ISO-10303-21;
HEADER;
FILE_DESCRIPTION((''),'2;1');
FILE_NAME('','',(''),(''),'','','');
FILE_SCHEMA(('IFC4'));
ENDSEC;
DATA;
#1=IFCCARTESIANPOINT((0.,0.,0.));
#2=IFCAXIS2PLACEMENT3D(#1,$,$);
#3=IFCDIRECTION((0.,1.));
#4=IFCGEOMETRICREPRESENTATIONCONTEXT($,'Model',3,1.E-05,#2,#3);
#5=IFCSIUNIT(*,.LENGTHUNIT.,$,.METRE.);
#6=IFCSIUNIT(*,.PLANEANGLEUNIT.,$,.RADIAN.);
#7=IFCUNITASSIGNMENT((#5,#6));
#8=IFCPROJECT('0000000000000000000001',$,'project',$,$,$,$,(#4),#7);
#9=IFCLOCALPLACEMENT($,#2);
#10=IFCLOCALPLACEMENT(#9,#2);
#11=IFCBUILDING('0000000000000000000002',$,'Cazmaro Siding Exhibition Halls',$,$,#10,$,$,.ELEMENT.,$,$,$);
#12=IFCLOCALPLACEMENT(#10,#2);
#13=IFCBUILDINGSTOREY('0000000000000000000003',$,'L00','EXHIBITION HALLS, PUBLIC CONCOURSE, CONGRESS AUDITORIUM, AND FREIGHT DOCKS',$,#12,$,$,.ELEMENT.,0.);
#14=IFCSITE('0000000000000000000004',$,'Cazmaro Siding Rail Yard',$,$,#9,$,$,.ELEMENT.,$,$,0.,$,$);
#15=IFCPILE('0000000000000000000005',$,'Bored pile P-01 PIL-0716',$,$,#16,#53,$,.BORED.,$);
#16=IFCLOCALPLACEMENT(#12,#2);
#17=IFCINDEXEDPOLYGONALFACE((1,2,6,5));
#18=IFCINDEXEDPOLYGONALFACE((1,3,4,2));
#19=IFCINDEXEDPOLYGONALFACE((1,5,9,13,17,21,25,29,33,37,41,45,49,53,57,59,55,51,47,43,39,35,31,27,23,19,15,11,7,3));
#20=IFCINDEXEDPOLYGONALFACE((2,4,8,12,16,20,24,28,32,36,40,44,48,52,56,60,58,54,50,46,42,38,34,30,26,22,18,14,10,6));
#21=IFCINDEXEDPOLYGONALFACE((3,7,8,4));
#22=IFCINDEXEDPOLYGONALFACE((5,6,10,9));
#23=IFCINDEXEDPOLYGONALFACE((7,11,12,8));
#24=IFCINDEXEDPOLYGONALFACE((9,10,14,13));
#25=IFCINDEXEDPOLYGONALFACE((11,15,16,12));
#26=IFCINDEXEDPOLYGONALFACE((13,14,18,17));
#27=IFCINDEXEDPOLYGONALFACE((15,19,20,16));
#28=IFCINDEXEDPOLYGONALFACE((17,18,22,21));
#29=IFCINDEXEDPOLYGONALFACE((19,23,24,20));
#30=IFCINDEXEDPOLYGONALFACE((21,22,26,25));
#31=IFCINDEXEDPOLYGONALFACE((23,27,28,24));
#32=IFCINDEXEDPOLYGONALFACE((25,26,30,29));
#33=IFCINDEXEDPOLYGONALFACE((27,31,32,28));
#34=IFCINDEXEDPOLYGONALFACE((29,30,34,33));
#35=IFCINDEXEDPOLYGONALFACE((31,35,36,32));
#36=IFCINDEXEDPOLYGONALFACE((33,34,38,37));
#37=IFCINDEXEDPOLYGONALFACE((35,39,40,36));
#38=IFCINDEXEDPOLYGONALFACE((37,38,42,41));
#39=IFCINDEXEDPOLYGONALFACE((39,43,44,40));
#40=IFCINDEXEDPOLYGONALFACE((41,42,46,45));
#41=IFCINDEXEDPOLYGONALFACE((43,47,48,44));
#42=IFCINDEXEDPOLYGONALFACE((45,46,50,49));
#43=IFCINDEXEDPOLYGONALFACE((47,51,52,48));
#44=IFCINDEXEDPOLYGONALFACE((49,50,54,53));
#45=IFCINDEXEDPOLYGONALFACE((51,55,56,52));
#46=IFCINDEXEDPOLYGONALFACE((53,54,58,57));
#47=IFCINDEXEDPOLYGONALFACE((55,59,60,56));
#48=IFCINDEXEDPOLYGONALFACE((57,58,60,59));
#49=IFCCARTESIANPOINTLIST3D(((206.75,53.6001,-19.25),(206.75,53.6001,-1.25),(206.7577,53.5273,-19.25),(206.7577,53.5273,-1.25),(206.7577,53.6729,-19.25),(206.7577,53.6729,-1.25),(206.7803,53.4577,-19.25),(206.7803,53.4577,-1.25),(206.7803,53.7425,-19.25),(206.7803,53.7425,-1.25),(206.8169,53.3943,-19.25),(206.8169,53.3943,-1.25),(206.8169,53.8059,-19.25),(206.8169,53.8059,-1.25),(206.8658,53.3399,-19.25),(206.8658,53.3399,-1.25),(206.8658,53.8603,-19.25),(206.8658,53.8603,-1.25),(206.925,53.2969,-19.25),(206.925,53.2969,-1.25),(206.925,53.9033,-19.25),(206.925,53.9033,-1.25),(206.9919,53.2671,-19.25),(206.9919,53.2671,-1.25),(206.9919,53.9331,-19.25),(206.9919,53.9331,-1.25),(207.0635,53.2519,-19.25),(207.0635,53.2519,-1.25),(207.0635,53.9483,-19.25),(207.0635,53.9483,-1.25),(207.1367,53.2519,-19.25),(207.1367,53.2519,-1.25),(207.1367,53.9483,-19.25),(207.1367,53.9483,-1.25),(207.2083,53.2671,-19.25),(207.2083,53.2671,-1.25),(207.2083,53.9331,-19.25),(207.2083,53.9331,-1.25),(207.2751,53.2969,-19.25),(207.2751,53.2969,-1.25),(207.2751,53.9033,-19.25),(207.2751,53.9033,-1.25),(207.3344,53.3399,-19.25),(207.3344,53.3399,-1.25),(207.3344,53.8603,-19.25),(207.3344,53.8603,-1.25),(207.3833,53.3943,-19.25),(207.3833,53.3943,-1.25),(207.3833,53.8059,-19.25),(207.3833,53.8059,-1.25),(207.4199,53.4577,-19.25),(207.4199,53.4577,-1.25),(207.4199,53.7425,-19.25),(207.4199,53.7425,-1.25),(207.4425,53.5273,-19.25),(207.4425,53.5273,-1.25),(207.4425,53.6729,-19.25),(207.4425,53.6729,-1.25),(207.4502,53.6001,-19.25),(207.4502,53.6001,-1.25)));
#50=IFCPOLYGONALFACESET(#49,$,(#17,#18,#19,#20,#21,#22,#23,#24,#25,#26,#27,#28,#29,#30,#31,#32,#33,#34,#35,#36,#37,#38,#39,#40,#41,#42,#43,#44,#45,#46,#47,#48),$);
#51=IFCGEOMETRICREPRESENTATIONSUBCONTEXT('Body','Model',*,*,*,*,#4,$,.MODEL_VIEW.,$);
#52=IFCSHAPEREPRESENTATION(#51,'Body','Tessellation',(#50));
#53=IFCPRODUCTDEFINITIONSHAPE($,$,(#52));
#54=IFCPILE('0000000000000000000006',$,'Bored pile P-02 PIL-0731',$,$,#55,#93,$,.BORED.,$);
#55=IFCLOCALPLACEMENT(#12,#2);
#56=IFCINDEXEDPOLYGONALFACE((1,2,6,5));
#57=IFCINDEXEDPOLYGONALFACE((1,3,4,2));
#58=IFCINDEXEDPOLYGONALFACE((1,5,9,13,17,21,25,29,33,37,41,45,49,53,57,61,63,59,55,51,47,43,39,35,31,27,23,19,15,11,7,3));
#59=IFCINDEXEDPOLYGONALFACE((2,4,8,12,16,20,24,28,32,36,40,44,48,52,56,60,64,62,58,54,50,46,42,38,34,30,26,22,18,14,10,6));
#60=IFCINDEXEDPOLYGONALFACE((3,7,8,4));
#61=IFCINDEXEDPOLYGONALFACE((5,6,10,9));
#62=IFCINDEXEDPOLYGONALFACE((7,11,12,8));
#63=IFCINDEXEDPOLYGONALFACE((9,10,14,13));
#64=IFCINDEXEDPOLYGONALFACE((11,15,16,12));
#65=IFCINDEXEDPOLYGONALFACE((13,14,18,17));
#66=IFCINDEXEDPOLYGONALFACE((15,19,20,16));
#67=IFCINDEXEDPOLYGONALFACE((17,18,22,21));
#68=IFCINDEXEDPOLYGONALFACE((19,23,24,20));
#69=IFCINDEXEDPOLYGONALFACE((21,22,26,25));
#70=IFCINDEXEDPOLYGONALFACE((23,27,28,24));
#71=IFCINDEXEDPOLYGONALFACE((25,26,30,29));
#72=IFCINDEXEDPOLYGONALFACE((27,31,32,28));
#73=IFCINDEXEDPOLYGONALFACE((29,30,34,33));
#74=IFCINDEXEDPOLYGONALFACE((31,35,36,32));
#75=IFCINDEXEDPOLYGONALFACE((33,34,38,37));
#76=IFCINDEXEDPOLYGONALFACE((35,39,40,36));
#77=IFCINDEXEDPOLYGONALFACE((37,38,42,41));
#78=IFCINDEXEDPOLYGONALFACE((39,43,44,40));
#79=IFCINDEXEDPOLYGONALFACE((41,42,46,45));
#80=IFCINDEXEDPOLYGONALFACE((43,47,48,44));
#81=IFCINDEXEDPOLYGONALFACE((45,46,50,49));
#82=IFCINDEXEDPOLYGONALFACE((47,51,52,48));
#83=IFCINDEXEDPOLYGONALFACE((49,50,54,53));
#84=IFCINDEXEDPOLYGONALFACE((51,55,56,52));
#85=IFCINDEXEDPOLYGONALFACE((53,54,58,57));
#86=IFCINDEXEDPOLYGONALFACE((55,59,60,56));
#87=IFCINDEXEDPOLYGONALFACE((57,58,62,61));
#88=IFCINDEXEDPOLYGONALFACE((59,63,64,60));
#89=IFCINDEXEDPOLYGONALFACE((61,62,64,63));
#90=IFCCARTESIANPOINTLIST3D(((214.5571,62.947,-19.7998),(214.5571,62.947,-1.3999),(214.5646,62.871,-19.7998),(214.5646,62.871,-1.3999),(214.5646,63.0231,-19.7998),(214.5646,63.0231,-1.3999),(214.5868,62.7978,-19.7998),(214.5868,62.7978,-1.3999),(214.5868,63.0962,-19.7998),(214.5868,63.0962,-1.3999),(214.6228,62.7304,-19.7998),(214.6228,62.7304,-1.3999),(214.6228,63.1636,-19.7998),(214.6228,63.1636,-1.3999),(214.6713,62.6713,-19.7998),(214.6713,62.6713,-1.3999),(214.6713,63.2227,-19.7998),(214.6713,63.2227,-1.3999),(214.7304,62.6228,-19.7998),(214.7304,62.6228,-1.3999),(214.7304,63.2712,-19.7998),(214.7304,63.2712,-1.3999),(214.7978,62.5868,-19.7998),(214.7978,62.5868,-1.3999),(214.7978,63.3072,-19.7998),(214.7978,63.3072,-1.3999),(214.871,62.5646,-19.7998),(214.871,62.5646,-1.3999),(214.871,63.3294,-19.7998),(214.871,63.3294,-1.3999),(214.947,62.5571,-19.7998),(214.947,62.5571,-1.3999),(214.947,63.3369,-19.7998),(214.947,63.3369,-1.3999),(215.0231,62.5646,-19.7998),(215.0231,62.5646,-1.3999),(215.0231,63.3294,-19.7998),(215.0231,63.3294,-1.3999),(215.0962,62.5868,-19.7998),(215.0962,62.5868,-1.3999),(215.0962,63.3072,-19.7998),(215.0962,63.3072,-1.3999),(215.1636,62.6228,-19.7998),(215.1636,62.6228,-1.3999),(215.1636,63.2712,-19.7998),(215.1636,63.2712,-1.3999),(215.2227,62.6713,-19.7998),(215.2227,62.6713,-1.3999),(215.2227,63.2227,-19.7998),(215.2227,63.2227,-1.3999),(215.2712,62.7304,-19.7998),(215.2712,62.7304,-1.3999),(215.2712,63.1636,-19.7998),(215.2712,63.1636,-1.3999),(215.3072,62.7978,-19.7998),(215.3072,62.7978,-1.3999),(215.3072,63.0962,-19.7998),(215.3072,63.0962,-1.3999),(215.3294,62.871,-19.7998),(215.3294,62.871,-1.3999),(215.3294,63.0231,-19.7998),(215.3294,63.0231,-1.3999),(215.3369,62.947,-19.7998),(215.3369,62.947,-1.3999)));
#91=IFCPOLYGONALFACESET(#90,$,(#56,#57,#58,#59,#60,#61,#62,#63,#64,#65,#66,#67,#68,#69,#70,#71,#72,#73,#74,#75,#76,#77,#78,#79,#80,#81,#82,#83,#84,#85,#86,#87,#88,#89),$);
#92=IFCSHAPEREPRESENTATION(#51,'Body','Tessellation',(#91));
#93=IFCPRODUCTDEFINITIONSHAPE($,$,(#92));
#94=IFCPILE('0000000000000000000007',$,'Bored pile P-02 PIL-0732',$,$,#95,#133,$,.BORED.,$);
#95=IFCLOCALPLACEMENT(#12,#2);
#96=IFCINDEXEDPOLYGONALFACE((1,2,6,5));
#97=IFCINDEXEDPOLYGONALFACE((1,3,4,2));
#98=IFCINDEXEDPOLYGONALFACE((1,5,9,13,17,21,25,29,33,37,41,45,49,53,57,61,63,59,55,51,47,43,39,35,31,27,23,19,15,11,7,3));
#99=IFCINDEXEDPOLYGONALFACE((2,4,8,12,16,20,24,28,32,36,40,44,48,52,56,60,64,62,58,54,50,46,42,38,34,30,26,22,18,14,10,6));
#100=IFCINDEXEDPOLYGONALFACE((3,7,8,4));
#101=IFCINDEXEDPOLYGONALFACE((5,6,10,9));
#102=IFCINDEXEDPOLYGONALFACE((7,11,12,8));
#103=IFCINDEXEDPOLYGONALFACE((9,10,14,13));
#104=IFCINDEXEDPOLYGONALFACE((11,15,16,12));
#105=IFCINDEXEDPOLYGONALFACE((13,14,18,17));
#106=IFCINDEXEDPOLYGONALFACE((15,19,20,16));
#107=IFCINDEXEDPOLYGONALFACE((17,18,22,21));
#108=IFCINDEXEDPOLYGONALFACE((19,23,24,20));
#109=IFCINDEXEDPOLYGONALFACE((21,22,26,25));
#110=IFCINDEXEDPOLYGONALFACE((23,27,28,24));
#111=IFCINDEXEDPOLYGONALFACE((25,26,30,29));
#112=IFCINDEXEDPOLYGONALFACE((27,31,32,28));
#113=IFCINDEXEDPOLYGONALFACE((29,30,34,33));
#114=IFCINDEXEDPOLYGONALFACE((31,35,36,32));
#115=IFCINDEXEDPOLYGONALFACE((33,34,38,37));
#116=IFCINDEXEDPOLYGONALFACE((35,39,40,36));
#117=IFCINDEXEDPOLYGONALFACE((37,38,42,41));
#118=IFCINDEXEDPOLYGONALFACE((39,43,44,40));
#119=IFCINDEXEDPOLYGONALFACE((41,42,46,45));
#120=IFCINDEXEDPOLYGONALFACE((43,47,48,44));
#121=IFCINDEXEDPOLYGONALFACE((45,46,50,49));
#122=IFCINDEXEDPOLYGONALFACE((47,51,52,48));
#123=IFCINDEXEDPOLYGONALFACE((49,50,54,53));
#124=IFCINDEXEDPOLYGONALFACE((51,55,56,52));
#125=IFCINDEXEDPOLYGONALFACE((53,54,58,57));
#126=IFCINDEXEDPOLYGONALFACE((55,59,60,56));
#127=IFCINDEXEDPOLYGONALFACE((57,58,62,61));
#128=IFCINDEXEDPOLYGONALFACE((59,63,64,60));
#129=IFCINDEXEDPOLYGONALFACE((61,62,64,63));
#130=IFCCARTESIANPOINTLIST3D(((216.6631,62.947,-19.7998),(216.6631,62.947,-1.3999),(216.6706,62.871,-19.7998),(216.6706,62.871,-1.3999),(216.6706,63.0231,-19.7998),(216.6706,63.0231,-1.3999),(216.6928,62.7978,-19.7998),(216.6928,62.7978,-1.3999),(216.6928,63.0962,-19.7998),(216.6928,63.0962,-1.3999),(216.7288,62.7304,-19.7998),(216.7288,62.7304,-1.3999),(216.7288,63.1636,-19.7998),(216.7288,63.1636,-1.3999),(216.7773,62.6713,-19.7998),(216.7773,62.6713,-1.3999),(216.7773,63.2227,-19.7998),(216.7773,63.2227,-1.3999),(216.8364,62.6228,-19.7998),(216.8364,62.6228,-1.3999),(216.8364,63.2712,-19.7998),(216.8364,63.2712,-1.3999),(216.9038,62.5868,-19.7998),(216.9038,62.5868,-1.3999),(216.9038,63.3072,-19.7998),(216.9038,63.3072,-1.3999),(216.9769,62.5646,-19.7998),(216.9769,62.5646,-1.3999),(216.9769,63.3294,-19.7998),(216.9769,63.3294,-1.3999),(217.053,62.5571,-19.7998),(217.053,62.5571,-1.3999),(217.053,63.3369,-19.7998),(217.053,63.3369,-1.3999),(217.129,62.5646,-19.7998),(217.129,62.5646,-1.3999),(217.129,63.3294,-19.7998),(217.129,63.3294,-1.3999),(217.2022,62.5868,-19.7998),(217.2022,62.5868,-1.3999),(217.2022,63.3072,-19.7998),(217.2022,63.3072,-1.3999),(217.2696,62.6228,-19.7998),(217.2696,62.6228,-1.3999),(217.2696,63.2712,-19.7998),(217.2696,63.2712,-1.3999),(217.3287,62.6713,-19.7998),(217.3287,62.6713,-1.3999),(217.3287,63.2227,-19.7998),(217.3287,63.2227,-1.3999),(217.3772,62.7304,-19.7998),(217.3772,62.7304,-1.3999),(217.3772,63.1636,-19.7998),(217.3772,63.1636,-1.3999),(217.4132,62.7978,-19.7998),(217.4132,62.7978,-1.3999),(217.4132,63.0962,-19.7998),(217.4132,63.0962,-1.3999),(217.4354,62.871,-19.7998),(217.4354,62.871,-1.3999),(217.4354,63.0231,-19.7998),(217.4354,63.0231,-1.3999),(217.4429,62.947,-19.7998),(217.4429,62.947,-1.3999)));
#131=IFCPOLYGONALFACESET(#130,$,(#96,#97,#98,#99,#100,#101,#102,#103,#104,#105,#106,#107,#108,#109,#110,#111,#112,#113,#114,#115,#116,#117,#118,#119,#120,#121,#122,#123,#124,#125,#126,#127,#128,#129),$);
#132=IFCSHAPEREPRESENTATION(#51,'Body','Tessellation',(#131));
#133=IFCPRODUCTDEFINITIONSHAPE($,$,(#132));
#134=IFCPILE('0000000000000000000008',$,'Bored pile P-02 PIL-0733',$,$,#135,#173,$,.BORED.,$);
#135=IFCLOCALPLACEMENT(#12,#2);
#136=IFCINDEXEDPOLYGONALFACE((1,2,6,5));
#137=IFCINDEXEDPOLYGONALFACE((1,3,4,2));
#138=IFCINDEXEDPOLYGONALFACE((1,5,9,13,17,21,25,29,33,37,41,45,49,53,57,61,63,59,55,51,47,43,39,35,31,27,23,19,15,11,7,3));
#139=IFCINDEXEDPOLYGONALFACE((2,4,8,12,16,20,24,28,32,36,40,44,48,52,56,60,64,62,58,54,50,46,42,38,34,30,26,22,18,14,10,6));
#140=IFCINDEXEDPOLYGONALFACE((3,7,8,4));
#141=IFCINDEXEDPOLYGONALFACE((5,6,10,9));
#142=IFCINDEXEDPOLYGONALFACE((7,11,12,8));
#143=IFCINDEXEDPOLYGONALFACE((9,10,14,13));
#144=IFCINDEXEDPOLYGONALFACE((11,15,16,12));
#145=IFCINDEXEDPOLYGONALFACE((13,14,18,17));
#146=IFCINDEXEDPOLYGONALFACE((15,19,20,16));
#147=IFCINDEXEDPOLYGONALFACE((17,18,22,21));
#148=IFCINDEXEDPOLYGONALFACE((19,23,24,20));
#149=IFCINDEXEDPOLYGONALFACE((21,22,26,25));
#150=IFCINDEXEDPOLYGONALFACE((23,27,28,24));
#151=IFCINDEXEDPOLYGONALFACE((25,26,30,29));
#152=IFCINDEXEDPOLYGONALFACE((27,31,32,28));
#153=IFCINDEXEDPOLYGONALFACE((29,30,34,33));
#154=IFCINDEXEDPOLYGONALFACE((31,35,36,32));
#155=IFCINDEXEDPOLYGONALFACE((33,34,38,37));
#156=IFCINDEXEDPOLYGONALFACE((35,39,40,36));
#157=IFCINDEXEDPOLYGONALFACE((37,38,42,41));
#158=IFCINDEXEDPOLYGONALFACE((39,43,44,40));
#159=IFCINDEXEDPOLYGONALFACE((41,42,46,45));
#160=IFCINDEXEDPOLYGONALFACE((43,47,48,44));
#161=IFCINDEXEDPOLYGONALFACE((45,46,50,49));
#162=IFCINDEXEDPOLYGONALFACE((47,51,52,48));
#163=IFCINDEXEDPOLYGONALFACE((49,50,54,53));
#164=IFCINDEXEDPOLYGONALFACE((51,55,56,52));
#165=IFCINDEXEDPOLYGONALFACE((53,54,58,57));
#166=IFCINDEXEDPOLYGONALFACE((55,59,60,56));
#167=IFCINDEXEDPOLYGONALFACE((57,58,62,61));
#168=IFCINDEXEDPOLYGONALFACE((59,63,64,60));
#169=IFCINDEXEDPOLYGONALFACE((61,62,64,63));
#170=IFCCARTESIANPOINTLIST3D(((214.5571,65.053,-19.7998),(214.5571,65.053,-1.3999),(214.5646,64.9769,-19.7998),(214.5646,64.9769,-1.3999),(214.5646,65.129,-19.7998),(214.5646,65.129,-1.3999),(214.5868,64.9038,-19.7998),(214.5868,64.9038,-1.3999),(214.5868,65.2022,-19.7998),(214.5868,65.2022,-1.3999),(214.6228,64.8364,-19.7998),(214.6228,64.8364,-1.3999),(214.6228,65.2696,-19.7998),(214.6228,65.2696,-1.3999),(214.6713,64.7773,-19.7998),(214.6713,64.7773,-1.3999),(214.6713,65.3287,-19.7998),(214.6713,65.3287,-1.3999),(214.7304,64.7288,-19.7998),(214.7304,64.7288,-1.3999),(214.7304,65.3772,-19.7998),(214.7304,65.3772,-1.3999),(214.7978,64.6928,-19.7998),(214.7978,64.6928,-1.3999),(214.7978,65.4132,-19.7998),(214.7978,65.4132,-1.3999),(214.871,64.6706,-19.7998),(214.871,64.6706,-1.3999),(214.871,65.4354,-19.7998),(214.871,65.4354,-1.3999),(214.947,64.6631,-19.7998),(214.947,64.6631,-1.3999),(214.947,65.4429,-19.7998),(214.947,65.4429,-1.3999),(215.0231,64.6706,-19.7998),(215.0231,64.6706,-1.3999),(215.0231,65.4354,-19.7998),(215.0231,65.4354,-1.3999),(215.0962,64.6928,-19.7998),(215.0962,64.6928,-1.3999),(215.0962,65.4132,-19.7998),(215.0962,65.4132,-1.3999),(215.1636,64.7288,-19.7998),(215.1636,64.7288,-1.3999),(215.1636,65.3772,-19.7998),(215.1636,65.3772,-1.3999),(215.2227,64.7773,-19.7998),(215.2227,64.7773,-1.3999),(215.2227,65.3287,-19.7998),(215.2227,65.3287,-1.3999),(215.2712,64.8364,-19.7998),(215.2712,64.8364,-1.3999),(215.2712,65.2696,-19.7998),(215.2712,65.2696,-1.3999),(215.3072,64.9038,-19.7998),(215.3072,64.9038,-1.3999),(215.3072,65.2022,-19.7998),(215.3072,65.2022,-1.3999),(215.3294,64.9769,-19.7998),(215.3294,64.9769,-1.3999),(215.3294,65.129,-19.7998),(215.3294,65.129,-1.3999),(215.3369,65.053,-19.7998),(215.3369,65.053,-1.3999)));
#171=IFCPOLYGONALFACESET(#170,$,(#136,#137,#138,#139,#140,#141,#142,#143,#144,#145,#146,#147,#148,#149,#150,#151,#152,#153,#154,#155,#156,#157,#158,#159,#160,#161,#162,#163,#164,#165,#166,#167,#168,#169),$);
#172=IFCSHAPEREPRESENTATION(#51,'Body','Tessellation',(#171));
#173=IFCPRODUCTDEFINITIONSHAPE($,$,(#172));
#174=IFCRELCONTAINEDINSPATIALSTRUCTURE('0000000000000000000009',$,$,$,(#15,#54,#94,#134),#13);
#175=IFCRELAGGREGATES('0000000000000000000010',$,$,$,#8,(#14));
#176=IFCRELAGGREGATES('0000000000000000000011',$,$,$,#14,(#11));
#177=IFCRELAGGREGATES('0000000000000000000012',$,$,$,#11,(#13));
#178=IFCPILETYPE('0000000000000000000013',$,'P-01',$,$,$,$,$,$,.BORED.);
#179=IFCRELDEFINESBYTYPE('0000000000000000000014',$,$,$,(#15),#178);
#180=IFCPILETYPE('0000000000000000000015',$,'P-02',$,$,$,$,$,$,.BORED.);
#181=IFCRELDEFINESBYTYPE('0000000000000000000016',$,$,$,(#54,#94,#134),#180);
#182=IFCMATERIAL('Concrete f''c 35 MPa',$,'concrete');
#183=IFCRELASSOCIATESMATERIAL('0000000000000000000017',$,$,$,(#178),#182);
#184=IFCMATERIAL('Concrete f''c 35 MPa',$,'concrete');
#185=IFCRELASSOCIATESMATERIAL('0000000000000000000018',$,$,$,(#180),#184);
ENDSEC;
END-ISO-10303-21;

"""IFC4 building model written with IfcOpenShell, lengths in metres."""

from ifc_helpers import new_model, si_unit, direction, frame, origin, origin_2d, place, context, subcontext, project, spatial, circle, extrude, material, material_profile, profile_set, type_object, element, save


model = new_model("IFC4")

# Units and contexts
model_context = context("Model", 3, precision=1e-05, world=origin(), true_north=direction((0.0, 1.0)))
body_context = subcontext(model_context, "Body", "Model", "MODEL_VIEW")
ifc_project = project(units=[si_unit("LENGTHUNIT", "METRE"), si_unit("PLANEANGLEUNIT", "RADIAN")], contexts=[model_context])

# Site, building, storey
site_placement = place(None, origin())
site = spatial("IfcSite", under=ifc_project, at=site_placement, Name="Cazmaro Siding Rail Yard", CompositionType="ELEMENT", RefElevation=0.0)
building_placement = place(site_placement, origin())
building = spatial("IfcBuilding", under=site, at=building_placement, Name="Cazmaro Siding Exhibition Halls", CompositionType="ELEMENT")
storey_placement = place(building_placement, origin())
storey = spatial("IfcBuildingStorey", under=building, at=storey_placement, Name="L00", Description="EXHIBITION HALLS, PUBLIC CONCOURSE, CONGRESS AUDITORIUM, AND FREIGHT DOCKS", CompositionType="ELEMENT", Elevation=0.0)

# Piles
ifc_material_1 = material(Name="Concrete f'c 35 MPa", Category="concrete")
ifc_material_profile_1 = material_profile(ifc_material_1, circle(Radius=0.3501, at=origin_2d()), Name="CIDH-700")
ifc_profile_set_1 = profile_set([ifc_material_profile_1], Name="Concrete f'c 35 MPa")
pile_type_1 = type_object("IfcPileType", Name="P-01", PredefinedType="BORED", material=ifc_profile_set_1)
pile_placement = place(storey_placement, frame((207.1001, 53.6001, -1.25), z_axis=(0.0, 0.0, -1.0), x_axis=(1.0, 0.0, 0.0)))
element("IfcPile", 1, at=pile_placement, inside=storey, type_object=pile_type_1, Name="Bored pile P-01 PIL-0716", PredefinedType="BORED", context=body_context, shape_type="SweptSolid", body=[
    extrude(circle(Radius=0.3501, at=origin_2d()), origin(), (0.0, 0.0, 1.0), 18.0),
])
ifc_material_2 = material(Name="Concrete f'c 35 MPa", Category="concrete")
ifc_material_profile_2 = material_profile(ifc_material_2, circle(Radius=0.3899, at=origin_2d()), Name="CIDH-780")
ifc_profile_set_2 = profile_set([ifc_material_profile_2], Name="Concrete f'c 35 MPa")
pile_type_2 = type_object("IfcPileType", Name="P-02", PredefinedType="BORED", material=ifc_profile_set_2)
for number, where, z_axis, x_axis, name in (
    (2, (214.947, 62.947, -1.3999), (0.0, 0.0, -1.0), (1.0, 0.0, 0.0), "Bored pile P-02 PIL-0731"),
    (3, (217.053, 62.947, -1.3999), (0.0, 0.0, -1.0), (1.0, 0.0, 0.0), "Bored pile P-02 PIL-0732"),
    (4, (214.947, 65.053, -1.3999), (0.0, 0.0, -1.0), (1.0, 0.0, 0.0), "Bored pile P-02 PIL-0733"),
):
    element("IfcPile", number, at=place(storey_placement, frame(where, z_axis=z_axis, x_axis=x_axis)), inside=storey, type_object=pile_type_2, Name=name, PredefinedType="BORED", context=body_context, shape_type="SweptSolid", body=[
        extrude(circle(Radius=0.3899, at=origin_2d()), origin(), (0.0, 0.0, 1.0), 18.3999),
    ])

save(model, "model.ifc")
